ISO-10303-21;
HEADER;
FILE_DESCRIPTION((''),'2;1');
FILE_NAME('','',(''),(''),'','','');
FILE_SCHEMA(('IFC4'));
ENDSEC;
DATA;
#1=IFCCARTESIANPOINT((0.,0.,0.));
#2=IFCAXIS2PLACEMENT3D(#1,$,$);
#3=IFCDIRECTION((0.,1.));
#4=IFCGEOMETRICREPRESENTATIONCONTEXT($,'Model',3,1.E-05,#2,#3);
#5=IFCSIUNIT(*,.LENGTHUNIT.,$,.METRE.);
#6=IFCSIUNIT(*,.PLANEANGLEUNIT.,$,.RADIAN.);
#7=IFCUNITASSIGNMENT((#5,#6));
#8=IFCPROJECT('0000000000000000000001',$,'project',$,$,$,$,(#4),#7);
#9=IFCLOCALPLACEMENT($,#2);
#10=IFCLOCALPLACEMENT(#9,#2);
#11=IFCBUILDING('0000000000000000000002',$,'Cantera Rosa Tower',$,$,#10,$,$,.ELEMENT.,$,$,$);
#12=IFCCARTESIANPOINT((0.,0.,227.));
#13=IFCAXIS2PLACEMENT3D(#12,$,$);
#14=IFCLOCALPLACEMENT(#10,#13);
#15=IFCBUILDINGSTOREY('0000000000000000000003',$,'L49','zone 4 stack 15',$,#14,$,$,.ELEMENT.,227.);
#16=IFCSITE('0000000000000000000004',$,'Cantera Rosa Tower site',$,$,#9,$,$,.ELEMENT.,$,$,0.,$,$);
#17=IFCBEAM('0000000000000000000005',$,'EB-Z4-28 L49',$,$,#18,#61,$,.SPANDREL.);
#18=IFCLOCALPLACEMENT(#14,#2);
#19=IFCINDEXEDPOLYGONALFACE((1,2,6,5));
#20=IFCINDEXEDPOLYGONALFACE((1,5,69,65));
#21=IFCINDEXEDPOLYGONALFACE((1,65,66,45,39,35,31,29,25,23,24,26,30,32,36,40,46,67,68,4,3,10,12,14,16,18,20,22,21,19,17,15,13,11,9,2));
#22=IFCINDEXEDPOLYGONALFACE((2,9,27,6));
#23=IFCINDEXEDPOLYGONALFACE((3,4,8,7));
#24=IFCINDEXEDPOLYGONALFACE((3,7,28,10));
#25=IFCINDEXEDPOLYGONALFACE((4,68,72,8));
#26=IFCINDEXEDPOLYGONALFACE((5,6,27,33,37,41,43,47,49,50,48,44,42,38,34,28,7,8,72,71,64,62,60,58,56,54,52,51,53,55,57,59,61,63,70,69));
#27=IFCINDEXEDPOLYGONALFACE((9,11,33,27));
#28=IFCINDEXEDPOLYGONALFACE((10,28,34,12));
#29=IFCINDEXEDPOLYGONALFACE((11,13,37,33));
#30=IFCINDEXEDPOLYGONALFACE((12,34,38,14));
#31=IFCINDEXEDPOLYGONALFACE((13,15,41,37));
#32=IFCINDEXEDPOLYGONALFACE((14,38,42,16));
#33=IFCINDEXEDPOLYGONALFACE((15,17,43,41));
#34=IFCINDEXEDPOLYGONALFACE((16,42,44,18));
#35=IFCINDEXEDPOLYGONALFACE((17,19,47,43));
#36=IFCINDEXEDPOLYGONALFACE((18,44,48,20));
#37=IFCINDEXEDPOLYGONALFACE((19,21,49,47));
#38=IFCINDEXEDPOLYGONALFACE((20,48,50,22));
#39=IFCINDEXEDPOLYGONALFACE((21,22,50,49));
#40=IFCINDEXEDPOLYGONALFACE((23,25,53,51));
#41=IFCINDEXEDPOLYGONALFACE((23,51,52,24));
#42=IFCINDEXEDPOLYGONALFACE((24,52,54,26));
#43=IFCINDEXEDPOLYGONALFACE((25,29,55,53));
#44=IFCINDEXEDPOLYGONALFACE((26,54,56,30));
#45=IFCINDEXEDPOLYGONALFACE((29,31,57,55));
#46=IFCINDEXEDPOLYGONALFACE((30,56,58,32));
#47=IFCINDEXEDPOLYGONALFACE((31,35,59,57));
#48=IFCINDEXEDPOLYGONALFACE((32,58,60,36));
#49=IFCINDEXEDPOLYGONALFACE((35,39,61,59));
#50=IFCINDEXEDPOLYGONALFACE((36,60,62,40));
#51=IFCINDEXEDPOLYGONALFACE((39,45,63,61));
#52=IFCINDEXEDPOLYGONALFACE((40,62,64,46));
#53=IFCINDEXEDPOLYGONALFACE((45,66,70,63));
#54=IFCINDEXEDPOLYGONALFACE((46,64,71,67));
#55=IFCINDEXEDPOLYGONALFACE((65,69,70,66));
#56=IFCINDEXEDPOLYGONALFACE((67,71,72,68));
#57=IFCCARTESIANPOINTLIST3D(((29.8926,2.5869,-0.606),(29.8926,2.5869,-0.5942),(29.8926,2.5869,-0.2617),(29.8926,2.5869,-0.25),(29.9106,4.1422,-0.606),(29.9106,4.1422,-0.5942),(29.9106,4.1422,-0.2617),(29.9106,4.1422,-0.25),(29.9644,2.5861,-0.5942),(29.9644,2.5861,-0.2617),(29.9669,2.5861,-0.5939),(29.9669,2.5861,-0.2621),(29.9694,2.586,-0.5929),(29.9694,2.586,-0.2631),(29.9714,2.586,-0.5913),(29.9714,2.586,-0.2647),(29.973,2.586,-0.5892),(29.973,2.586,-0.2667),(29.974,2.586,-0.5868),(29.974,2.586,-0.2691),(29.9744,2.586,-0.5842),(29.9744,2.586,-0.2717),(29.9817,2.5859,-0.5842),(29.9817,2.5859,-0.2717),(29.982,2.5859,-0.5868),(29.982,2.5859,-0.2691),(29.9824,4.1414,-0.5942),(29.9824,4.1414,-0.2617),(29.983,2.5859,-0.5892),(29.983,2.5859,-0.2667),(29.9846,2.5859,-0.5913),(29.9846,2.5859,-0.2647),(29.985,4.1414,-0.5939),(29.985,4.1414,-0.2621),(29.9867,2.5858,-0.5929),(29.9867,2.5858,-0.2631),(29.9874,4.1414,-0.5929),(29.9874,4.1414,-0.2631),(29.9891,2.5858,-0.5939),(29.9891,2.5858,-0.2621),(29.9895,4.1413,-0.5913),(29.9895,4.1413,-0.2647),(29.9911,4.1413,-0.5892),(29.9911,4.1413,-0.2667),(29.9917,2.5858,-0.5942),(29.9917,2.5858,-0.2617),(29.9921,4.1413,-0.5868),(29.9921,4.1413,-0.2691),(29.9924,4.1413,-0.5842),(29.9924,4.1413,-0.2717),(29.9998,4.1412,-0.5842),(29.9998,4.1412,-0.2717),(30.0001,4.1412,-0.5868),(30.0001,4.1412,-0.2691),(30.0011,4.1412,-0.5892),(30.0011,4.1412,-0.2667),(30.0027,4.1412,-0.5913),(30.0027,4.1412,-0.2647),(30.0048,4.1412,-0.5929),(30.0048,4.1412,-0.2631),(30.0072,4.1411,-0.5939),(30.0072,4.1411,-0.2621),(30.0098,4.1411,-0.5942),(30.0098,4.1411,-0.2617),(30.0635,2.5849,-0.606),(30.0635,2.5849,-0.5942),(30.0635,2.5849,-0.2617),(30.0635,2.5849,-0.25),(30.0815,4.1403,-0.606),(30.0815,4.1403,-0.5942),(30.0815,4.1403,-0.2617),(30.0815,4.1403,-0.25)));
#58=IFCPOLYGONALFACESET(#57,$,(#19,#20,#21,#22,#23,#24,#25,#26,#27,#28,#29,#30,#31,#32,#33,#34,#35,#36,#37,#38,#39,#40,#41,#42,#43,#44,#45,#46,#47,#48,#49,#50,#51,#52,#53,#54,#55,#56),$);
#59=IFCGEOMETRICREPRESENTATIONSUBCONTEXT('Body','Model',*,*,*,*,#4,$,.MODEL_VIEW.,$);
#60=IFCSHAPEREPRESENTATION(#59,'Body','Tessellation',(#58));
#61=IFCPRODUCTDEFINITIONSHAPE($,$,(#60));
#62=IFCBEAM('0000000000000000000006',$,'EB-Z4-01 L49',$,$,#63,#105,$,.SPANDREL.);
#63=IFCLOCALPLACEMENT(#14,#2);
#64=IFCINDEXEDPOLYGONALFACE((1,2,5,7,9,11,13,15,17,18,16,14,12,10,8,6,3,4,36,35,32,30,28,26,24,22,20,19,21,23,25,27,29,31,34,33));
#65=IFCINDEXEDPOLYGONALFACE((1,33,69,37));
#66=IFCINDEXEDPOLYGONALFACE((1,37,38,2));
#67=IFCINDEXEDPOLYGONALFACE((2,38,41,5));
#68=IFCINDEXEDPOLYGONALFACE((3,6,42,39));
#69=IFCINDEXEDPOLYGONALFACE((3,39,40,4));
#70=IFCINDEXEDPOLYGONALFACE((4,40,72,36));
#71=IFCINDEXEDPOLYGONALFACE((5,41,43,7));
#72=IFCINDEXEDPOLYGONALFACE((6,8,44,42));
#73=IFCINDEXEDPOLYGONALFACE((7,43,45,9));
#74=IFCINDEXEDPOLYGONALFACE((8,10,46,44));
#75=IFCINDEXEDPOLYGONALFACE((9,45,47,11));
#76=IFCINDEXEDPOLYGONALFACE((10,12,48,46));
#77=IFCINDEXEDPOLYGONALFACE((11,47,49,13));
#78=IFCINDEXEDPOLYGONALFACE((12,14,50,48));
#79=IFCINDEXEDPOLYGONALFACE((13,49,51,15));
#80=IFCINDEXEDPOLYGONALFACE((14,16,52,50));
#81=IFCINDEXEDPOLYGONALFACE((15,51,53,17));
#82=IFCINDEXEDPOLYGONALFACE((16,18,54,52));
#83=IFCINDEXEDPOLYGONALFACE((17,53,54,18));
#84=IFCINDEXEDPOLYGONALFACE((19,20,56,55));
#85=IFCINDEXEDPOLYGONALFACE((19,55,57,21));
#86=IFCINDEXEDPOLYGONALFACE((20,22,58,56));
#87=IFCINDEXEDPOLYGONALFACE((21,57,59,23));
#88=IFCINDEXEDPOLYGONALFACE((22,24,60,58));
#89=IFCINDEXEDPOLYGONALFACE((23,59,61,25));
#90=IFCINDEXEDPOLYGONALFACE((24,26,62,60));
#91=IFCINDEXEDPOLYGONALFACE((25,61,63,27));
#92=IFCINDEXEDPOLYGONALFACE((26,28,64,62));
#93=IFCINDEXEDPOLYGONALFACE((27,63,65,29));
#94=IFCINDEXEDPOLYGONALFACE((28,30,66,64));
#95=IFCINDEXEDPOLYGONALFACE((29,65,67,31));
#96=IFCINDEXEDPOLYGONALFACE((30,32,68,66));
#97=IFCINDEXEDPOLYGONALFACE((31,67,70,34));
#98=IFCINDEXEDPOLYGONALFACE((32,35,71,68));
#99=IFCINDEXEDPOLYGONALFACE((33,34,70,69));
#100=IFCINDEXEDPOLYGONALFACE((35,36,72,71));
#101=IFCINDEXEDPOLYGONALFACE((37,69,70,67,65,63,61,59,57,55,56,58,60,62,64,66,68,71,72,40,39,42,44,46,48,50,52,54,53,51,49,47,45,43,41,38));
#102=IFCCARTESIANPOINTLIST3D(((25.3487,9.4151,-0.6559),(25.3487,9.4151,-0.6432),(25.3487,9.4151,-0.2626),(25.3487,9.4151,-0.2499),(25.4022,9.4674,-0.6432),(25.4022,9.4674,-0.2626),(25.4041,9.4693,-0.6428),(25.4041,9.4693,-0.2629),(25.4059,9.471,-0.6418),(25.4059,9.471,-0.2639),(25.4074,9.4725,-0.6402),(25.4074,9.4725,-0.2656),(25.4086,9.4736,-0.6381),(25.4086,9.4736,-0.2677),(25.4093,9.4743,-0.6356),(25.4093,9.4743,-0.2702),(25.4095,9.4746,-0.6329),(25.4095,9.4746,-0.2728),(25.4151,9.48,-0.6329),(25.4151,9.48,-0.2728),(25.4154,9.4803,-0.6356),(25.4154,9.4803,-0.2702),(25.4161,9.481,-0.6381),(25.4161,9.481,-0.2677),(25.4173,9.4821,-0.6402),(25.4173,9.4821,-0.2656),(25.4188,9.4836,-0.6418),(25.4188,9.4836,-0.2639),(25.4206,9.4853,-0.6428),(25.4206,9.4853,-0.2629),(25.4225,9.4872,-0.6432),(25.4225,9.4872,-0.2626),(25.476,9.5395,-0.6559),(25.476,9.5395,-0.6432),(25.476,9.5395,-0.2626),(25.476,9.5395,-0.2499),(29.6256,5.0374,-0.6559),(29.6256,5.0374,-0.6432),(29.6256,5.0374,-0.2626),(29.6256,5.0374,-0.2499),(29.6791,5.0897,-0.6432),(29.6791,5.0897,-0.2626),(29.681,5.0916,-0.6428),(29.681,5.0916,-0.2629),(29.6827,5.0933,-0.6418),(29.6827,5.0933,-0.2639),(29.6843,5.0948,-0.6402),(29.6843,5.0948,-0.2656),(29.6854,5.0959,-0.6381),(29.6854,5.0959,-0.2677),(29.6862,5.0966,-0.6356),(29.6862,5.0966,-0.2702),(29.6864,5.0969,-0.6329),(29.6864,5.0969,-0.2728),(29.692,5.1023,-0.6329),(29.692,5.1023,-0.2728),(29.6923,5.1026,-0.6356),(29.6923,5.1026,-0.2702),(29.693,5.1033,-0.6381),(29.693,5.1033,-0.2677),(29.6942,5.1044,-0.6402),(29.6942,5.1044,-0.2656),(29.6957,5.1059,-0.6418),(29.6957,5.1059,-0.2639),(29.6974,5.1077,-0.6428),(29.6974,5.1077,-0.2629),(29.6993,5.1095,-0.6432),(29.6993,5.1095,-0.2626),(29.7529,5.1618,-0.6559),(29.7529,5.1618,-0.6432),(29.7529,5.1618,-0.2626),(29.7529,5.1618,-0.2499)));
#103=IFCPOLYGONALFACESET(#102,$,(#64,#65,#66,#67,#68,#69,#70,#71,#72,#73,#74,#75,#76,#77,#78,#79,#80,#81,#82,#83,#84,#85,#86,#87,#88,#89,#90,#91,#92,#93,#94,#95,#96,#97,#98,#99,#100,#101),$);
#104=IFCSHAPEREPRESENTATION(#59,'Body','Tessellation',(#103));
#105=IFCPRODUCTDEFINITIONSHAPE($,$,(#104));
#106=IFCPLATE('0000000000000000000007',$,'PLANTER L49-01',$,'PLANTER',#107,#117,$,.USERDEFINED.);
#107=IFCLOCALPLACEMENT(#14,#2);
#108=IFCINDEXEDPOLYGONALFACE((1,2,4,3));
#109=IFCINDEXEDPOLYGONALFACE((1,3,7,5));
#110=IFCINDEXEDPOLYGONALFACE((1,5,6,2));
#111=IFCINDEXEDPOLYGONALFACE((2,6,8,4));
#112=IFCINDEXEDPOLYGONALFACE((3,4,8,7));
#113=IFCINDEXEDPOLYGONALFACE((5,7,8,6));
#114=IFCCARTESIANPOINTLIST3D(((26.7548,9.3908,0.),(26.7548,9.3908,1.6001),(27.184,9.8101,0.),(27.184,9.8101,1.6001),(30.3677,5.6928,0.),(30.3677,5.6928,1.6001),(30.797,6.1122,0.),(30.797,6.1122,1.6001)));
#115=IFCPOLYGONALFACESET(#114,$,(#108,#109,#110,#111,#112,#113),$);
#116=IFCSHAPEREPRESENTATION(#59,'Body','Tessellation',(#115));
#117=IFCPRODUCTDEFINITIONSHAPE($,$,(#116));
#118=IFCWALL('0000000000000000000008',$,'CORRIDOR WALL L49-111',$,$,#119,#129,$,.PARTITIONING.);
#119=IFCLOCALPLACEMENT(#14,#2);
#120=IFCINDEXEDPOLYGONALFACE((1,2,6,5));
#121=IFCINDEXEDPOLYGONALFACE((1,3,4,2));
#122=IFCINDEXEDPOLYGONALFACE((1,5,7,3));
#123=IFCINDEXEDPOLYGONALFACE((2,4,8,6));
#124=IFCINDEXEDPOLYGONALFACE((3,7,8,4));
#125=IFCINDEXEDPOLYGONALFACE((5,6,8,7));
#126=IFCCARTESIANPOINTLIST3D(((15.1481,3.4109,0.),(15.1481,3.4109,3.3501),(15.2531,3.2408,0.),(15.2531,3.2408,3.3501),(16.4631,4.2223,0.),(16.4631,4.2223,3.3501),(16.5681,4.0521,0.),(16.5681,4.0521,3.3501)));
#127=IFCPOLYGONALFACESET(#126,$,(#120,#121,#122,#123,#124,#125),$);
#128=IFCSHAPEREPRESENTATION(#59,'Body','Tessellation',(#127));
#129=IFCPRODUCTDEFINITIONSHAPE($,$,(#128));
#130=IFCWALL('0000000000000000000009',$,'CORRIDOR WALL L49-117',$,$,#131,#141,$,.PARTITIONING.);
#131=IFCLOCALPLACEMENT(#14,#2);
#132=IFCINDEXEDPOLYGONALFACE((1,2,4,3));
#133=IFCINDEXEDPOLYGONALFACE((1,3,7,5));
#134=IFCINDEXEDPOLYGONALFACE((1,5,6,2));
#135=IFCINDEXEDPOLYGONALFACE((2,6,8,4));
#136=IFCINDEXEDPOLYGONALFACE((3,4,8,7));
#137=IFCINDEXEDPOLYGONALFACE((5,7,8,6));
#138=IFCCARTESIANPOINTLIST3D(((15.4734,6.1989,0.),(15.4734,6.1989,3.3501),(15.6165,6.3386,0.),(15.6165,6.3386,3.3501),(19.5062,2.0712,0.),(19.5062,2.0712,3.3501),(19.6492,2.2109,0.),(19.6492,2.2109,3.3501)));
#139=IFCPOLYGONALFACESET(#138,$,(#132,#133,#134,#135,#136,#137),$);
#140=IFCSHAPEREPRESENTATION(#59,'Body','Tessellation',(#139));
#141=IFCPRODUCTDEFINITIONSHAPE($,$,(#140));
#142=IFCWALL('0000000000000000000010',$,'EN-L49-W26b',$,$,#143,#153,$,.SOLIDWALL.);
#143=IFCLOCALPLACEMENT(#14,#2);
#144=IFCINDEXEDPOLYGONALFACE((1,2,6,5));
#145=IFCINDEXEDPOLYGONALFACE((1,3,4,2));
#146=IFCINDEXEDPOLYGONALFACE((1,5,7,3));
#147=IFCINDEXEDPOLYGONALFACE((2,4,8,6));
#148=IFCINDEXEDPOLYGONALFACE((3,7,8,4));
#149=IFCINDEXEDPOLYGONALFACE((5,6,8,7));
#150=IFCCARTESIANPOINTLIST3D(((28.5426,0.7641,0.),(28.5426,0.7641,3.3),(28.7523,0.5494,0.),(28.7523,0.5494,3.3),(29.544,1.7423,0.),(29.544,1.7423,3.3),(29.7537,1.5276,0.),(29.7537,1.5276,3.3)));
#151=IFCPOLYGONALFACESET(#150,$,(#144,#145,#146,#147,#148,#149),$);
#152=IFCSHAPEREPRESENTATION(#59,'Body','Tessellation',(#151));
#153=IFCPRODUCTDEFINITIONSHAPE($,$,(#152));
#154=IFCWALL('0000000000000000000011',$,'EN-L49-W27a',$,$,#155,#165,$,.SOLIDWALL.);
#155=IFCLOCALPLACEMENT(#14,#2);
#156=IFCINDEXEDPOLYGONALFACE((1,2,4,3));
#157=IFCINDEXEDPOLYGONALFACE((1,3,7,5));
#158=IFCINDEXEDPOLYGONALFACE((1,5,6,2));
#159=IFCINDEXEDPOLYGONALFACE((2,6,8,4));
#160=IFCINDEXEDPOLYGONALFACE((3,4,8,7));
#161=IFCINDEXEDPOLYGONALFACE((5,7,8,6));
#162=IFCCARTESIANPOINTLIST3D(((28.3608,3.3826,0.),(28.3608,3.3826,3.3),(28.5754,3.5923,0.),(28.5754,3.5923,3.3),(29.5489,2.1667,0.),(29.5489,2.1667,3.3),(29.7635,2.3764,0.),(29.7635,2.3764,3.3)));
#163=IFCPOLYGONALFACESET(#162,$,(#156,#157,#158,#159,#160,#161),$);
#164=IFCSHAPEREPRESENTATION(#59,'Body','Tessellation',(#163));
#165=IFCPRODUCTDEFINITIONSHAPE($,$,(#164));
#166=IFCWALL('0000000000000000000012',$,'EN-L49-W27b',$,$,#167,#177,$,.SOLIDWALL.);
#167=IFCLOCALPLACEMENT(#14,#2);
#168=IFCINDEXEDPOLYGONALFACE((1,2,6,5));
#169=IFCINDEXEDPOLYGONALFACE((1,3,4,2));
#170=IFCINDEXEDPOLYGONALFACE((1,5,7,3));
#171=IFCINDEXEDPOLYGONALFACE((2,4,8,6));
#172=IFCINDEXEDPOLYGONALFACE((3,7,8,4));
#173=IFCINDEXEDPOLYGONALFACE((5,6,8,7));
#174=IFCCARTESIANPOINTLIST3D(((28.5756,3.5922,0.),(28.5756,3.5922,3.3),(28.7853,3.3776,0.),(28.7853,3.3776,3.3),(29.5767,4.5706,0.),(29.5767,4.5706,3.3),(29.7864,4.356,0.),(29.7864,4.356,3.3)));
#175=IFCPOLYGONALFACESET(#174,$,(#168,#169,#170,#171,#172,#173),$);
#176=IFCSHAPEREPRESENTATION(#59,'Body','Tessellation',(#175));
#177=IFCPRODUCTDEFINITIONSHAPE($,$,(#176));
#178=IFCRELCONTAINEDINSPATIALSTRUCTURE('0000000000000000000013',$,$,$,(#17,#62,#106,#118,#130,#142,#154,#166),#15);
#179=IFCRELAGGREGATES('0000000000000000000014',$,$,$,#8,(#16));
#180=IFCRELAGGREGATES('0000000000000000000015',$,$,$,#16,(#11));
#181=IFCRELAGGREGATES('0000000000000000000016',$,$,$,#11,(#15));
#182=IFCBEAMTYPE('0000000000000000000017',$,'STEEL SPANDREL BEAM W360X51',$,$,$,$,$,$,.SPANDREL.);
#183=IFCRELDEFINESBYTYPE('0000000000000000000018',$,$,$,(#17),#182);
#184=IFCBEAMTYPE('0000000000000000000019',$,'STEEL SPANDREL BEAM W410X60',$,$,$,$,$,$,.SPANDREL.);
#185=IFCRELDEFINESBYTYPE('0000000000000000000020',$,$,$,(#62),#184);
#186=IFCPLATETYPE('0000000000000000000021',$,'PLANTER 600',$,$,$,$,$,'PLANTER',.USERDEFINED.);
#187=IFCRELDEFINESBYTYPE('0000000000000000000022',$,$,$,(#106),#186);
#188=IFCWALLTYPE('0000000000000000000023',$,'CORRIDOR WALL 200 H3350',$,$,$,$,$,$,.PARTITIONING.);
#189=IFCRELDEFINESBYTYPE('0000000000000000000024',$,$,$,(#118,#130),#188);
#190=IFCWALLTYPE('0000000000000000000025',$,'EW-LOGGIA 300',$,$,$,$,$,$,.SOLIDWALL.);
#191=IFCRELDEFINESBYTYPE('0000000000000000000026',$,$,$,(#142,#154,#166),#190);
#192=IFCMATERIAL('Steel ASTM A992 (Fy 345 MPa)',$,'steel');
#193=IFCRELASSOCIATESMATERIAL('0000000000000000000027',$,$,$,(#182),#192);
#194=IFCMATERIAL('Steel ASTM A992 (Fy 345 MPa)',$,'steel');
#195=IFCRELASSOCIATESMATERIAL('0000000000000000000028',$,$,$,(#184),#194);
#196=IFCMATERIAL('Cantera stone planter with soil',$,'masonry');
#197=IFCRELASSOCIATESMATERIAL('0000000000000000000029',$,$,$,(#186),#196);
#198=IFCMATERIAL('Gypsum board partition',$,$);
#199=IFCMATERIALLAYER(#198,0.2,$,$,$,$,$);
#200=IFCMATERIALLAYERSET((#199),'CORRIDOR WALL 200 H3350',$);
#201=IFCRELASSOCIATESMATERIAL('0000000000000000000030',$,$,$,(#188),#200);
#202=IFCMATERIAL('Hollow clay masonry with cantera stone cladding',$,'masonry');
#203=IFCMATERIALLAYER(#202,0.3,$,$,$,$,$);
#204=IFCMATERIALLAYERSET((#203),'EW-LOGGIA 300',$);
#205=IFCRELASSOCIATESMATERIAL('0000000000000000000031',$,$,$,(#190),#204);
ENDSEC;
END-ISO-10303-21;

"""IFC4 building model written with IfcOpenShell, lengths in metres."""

from ifc_helpers import new_model, si_unit, direction, frame, frame_2d, origin, origin_2d, place, context, subcontext, project, spatial, rectangle, i_section, extrude, material, layer, layer_set, material_profile, profile_set, type_object, element, save


model = new_model("IFC4")

# Units and contexts
model_context = context("Model", 3, precision=1e-05, world=origin(), true_north=direction((0.0, 1.0)))
body_context = subcontext(model_context, "Body", "Model", "MODEL_VIEW")
ifc_project = project(units=[si_unit("LENGTHUNIT", "METRE"), si_unit("PLANEANGLEUNIT", "RADIAN")], contexts=[model_context])

# Site, building, storey
site_placement = place(None, origin())
site = spatial("IfcSite", under=ifc_project, at=site_placement, Name="Cantera Rosa Tower site", CompositionType="ELEMENT", RefElevation=0.0)
building_placement = place(site_placement, origin())
building = spatial("IfcBuilding", under=site, at=building_placement, Name="Cantera Rosa Tower", CompositionType="ELEMENT")
storey_placement = place(building_placement, frame((0.0, 0.0, 227.0)))
storey = spatial("IfcBuildingStorey", under=building, at=storey_placement, Name="L49", Description="zone 4 stack 15", CompositionType="ELEMENT", Elevation=227.0)

# Beams
ifc_material_1 = material(Name="Steel ASTM A992 (Fy 345 MPa)", Category="steel")
ifc_material_profile_1 = material_profile(ifc_material_1, i_section(OverallWidth=0.1709, OverallDepth=0.356, WebThickness=0.0073, FlangeThickness=0.0117, FilletRadius=0.01, at=origin_2d()), Name="W360X51")
ifc_profile_set_1 = profile_set([ifc_material_profile_1], Name="Steel ASTM A992 (Fy 345 MPa)")
beam_type_1 = type_object("IfcBeamType", Name="STEEL SPANDREL BEAM W360X51", PredefinedType="SPANDREL", material=ifc_profile_set_1)
beam_1_placement = place(storey_placement, frame((29.978, 2.5859, -0.428), z_axis=(0.011614, 0.999933, 0.0), x_axis=(-0.999933, 0.011614, 0.0)))
element("IfcBeam", 1, at=beam_1_placement, inside=storey, type_object=beam_type_1, Name="EB-Z4-28 L49", PredefinedType="SPANDREL", context=body_context, shape_type="SweptSolid", body=[
    extrude(i_section(OverallWidth=0.1709, OverallDepth=0.356, WebThickness=0.0073, FlangeThickness=0.0117, FilletRadius=0.01, at=origin_2d()), origin(), (0.0, 0.0, 1.0), 1.5554),
])
ifc_material_2 = material(Name="Steel ASTM A992 (Fy 345 MPa)", Category="steel")
ifc_material_profile_2 = material_profile(ifc_material_2, i_section(OverallWidth=0.178, OverallDepth=0.406, WebThickness=0.0078, FlangeThickness=0.0127, FilletRadius=0.0103, at=origin_2d()), Name="W410X60")
ifc_profile_set_2 = profile_set([ifc_material_profile_2], Name="Steel ASTM A992 (Fy 345 MPa)")
beam_type_2 = type_object("IfcBeamType", Name="STEEL SPANDREL BEAM W410X60", PredefinedType="SPANDREL", material=ifc_profile_set_2)
beam_2_placement = place(storey_placement, frame((29.6892, 5.0996, -0.4529), z_axis=(-0.698821, 0.715296, 0.0), x_axis=(-0.715296, -0.698821, 0.0)))
element("IfcBeam", 2, at=beam_2_placement, inside=storey, type_object=beam_type_2, Name="EB-Z4-01 L49", PredefinedType="SPANDREL", context=body_context, shape_type="SweptSolid", body=[
    extrude(i_section(OverallWidth=0.178, OverallDepth=0.406, WebThickness=0.0078, FlangeThickness=0.0127, FilletRadius=0.0103, at=origin_2d()), origin(), (0.0, 0.0, 1.0), 6.1201),
])

# Plate
ifc_material_3 = material(Name="Cantera stone planter with soil", Category="masonry")
plate_type = type_object("IfcPlateType", Name="PLANTER 600", ElementType="PLANTER", PredefinedType="USERDEFINED", material=ifc_material_3)
plate_placement = place(storey_placement, frame((28.7759, 7.7515, 0.0), z_axis=(0.0, 0.0, 1.0), x_axis=(-0.698832, 0.715286, 0.0)))
element("IfcPlate", 3, at=plate_placement, inside=storey, type_object=plate_type, Name="PLANTER L49-01", ObjectType="PLANTER", PredefinedType="USERDEFINED", context=body_context, shape_type="SweptSolid", body=[
    extrude(rectangle(XDim=5.1699, YDim=0.6001, at=origin_2d()), origin(), (0.0, 0.0, 1.0), 1.6001),
])

# Walls
ifc_material_4 = material(Name="Gypsum board partition")
ifc_layer_1 = layer(ifc_material_4, 0.2)
ifc_layer_set_1 = layer_set([ifc_layer_1], Name="CORRIDOR WALL 200 H3350")
wall_type_1 = type_object("IfcWallType", Name="CORRIDOR WALL 200 H3350", PredefinedType="PARTITIONING", material=ifc_layer_set_1)
wall_1_placement = place(storey_placement, frame((15.2007, 3.3259, 0.0), z_axis=(0.0, 0.0, 1.0), x_axis=(0.851056, 0.525076, 0.0)))
element("IfcWall", 4, at=wall_1_placement, inside=storey, type_object=wall_type_1, Name="CORRIDOR WALL L49-111", PredefinedType="PARTITIONING", context=body_context, shape_type="SweptSolid", body=[
    extrude(rectangle(XDim=1.5452, YDim=0.2, at=frame_2d((0.7725, 0.0))), origin(), (0.0, 0.0, 1.0), 3.3501),
])
wall_2_placement = place(storey_placement, frame((19.5776, 2.1411, 0.0), z_axis=(0.0, 0.0, 1.0), x_axis=(-0.69883, 0.715288, 0.0)))
element("IfcWall", 5, at=wall_2_placement, inside=storey, type_object=wall_type_1, Name="CORRIDOR WALL L49-117", PredefinedType="PARTITIONING", context=body_context, shape_type="SweptSolid", body=[
    extrude(rectangle(XDim=5.7708, YDim=0.2, at=frame_2d((2.8853, 0.0))), origin(), (0.0, 0.0, 1.0), 3.3501),
])
ifc_material_5 = material(Name="Hollow clay masonry with cantera stone cladding", Category="masonry")
ifc_layer_2 = layer(ifc_material_5, 0.3)
ifc_layer_set_2 = layer_set([ifc_layer_2], Name="EW-LOGGIA 300")
wall_type_2 = type_object("IfcWallType", Name="EW-LOGGIA 300", PredefinedType="SOLIDWALL", material=ifc_layer_set_2)
wall_3_placement = place(storey_placement, frame((28.6475, 0.6567, 0.0), z_axis=(0.0, 0.0, 1.0), x_axis=(0.715342, 0.698775, 0.0)))
element("IfcWall", 6, at=wall_3_placement, inside=storey, type_object=wall_type_2, Name="EN-L49-W26b", PredefinedType="SOLIDWALL", context=body_context, shape_type="SweptSolid", body=[
    extrude(rectangle(XDim=1.3999, YDim=0.3, at=frame_2d((0.7, 0.0))), origin(), (0.0, 0.0, 1.0), 3.3),
])
wall_4_placement = place(storey_placement, frame((29.6562, 2.2715, 0.0), z_axis=(0.0, 0.0, 1.0), x_axis=(-0.698873, 0.715246, 0.0)))
element("IfcWall", 7, at=wall_4_placement, inside=storey, type_object=wall_type_2, Name="EN-L49-W27a", PredefinedType="SOLIDWALL", context=body_context, shape_type="SweptSolid", body=[
    extrude(rectangle(XDim=1.7, YDim=0.3, at=frame_2d((0.8501, 0.0))), origin(), (0.0, 0.0, 1.0), 3.3),
])
wall_5_placement = place(storey_placement, frame((28.6804, 3.4849, 0.0), z_axis=(0.0, 0.0, 1.0), x_axis=(0.715169, 0.698951, 0.0)))
element("IfcWall", 8, at=wall_5_placement, inside=storey, type_object=wall_type_2, Name="EN-L49-W27b", PredefinedType="SOLIDWALL", context=body_context, shape_type="SweptSolid", body=[
    extrude(rectangle(XDim=1.3999, YDim=0.3, at=frame_2d((0.7, 0.0))), origin(), (0.0, 0.0, 1.0), 3.3),
])

save(model, "model.ifc")
